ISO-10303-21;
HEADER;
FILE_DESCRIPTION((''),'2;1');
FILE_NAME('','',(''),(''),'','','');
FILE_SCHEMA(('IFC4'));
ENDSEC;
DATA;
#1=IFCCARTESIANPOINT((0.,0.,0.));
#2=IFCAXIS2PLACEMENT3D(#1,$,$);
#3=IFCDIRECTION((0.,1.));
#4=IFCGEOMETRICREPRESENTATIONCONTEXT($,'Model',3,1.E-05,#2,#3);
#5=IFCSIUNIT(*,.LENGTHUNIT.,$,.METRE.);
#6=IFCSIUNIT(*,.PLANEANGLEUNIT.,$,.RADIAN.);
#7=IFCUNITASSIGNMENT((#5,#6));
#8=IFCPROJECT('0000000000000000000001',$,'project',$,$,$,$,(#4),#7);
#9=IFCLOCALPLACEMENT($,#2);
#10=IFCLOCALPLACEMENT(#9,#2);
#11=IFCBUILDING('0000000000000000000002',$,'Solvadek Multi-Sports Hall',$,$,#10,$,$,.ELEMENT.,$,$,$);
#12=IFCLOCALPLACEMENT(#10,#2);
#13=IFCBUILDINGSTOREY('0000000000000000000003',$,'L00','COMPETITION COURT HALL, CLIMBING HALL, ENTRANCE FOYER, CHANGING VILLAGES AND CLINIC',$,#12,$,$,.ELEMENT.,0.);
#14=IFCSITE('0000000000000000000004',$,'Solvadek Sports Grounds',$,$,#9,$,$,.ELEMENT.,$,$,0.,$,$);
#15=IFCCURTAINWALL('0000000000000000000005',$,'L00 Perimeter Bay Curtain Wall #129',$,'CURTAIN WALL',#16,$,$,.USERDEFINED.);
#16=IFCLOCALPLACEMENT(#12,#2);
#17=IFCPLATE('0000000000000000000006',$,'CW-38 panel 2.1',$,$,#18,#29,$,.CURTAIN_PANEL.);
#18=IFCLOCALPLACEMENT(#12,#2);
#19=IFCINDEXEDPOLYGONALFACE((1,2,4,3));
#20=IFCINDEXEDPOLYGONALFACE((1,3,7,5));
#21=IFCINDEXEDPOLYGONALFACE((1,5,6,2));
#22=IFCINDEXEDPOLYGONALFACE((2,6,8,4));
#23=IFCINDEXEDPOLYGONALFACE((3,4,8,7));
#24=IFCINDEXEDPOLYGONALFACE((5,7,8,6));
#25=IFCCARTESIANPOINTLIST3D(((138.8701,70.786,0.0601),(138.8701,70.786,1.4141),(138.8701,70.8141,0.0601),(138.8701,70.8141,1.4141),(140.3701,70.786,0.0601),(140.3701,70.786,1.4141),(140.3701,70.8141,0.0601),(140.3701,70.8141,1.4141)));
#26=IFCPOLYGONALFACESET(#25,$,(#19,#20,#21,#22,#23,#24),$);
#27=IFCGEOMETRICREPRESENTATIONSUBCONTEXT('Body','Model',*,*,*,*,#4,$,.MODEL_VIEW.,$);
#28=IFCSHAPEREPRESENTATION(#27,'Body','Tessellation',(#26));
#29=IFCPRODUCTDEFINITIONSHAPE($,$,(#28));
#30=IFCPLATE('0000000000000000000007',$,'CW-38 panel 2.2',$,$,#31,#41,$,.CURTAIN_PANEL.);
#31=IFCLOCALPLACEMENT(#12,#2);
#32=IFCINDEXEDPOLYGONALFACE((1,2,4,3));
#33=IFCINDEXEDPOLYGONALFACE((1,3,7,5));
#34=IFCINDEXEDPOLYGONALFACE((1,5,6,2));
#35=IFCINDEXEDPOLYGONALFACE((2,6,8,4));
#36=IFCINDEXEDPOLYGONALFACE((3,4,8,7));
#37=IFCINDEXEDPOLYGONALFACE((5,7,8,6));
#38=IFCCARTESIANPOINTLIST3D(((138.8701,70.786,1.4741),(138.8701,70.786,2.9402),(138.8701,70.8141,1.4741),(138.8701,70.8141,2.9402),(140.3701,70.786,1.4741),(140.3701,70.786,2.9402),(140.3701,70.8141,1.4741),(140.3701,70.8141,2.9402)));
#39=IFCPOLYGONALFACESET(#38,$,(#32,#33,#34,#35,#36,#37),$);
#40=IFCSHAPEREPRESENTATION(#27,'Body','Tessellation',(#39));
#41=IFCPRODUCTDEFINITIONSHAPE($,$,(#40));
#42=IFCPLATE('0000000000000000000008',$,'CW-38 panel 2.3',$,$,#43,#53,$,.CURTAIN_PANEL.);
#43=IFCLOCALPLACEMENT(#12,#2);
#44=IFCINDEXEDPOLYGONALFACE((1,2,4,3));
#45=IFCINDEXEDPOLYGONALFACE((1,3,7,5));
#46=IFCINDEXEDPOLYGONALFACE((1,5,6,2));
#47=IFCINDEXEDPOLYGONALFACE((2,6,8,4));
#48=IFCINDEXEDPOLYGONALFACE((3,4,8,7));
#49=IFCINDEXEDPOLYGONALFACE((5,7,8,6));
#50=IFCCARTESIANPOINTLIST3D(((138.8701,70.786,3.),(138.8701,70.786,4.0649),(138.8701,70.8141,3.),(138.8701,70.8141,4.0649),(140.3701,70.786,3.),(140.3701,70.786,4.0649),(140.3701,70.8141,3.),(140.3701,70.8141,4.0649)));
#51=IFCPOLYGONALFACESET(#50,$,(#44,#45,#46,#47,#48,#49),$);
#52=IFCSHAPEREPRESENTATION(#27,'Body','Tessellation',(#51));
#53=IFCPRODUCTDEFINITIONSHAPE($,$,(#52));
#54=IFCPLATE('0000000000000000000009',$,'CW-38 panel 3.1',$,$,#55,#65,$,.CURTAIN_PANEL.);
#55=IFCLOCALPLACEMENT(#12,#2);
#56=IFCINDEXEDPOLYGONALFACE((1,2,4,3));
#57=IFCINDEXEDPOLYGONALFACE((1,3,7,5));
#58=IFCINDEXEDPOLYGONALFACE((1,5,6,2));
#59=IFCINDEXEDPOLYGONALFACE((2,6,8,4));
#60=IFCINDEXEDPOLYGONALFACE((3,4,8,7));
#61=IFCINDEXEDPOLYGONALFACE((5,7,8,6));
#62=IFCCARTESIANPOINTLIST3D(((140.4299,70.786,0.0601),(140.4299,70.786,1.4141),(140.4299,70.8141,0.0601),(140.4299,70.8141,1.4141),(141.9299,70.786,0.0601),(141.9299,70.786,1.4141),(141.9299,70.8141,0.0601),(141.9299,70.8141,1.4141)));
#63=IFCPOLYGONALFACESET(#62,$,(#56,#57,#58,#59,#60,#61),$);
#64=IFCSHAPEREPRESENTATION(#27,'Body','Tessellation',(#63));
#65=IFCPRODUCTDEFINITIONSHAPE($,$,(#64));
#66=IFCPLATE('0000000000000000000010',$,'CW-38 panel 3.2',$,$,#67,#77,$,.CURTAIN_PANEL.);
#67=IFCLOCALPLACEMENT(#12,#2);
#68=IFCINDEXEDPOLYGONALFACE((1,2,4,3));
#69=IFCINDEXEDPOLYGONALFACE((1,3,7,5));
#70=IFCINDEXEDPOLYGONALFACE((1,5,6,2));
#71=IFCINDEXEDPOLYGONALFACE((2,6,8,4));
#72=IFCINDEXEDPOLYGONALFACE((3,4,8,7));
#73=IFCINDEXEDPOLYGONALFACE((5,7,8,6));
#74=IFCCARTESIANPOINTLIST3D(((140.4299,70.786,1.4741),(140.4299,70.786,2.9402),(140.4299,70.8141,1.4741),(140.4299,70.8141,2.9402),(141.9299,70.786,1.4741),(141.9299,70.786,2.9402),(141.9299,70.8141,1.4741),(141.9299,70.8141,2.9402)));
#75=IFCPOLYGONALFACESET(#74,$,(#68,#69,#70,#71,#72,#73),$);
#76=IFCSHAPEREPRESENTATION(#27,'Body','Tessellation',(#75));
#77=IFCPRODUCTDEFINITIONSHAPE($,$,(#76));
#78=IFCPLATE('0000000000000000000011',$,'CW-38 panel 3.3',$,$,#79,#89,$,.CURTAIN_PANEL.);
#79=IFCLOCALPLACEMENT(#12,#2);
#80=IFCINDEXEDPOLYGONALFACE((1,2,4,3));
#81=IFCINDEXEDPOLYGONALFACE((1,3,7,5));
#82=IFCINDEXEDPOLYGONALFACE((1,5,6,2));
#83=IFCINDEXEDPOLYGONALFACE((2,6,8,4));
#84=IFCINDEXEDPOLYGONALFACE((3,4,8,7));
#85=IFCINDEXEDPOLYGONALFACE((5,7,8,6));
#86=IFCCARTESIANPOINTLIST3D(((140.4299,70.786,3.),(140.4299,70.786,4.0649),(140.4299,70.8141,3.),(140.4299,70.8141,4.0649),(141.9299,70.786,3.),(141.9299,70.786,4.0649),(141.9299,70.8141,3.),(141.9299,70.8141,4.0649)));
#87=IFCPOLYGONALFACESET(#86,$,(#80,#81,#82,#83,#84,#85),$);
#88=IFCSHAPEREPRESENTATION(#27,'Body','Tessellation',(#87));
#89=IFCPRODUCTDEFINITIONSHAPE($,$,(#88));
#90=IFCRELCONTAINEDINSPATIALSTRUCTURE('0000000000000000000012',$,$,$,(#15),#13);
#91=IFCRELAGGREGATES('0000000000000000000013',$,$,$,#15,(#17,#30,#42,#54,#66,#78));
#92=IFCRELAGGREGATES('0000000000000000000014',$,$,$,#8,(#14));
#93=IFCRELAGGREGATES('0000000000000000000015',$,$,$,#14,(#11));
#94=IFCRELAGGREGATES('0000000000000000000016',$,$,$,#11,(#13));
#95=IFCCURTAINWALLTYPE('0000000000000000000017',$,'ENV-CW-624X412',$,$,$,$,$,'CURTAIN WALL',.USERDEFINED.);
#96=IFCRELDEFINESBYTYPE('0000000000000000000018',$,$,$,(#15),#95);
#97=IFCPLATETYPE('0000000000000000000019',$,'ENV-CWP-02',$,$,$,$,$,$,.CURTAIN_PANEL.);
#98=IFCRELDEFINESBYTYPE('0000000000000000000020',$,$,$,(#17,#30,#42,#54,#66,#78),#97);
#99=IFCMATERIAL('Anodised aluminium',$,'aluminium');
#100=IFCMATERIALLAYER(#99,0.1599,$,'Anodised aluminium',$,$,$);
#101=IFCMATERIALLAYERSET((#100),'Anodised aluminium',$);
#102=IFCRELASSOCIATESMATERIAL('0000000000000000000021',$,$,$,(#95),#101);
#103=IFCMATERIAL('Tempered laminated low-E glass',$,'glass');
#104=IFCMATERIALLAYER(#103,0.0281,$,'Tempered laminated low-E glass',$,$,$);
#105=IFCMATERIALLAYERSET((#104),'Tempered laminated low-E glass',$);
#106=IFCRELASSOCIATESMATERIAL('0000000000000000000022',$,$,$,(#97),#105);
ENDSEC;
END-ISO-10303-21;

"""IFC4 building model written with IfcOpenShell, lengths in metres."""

from ifc_helpers import new_model, si_unit, direction, frame, origin, origin_2d, place, context, subcontext, project, spatial, rectangle, extrude, material, layer, layer_set, type_object, element, aggregate, save


model = new_model("IFC4")

# Units and contexts
model_context = context("Model", 3, precision=1e-05, world=origin(), true_north=direction((0.0, 1.0)))
body_context = subcontext(model_context, "Body", "Model", "MODEL_VIEW")
ifc_project = project(units=[si_unit("LENGTHUNIT", "METRE"), si_unit("PLANEANGLEUNIT", "RADIAN")], contexts=[model_context])

# Site, building, storey
site_placement = place(None, origin())
site = spatial("IfcSite", under=ifc_project, at=site_placement, Name="Solvadek Sports Grounds", CompositionType="ELEMENT", RefElevation=0.0)
building_placement = place(site_placement, origin())
building = spatial("IfcBuilding", under=site, at=building_placement, Name="Solvadek Multi-Sports Hall", CompositionType="ELEMENT")
storey_placement = place(building_placement, origin())
storey = spatial("IfcBuildingStorey", under=building, at=storey_placement, Name="L00", Description="COMPETITION COURT HALL, CLIMBING HALL, ENTRANCE FOYER, CHANGING VILLAGES AND CLINIC", CompositionType="ELEMENT", Elevation=0.0)

# Curtain wall, plates
ifc_material_1 = material(Name="Anodised aluminium", Category="aluminium")
ifc_layer_1 = layer(ifc_material_1, 0.1599, Name="Anodised aluminium")
ifc_layer_set_1 = layer_set([ifc_layer_1], Name="Anodised aluminium")
curtain_wall_type = type_object("IfcCurtainWallType", Name="ENV-CW-624X412", ElementType="CURTAIN WALL", PredefinedType="USERDEFINED", material=ifc_layer_set_1)
curtain_wall_placement = place(storey_placement, origin())
curtain_wall = element("IfcCurtainWall", 1, at=curtain_wall_placement, inside=storey, type_object=curtain_wall_type, Name="L00 Perimeter Bay Curtain Wall #129", ObjectType="CURTAIN WALL", PredefinedType="USERDEFINED")
ifc_material_2 = material(Name="Tempered laminated low-E glass", Category="glass")
ifc_layer_2 = layer(ifc_material_2, 0.0281, Name="Tempered laminated low-E glass")
ifc_layer_set_2 = layer_set([ifc_layer_2], Name="Tempered laminated low-E glass")
plate_type = type_object("IfcPlateType", Name="ENV-CWP-02", PredefinedType="CURTAIN_PANEL", material=ifc_layer_set_2)
plate_1_placement = place(storey_placement, frame((139.6201, 70.8, 0.0601), z_axis=(0.0, 0.0, 1.0), x_axis=(1.0, 0.0, 0.0)))
plate_1 = element("IfcPlate", 2, at=plate_1_placement, type_object=plate_type, Name="CW-38 panel 2.1", PredefinedType="CURTAIN_PANEL", context=body_context, shape_type="SweptSolid", body=[
    extrude(rectangle(XDim=1.5, YDim=0.0281, at=origin_2d()), origin(), (0.0, 0.0, 1.0), 1.354),
])
plate_2_placement = place(storey_placement, frame((139.6201, 70.8, 1.4741), z_axis=(0.0, 0.0, 1.0), x_axis=(1.0, 0.0, 0.0)))
plate_2 = element("IfcPlate", 3, at=plate_2_placement, type_object=plate_type, Name="CW-38 panel 2.2", PredefinedType="CURTAIN_PANEL", context=body_context, shape_type="SweptSolid", body=[
    extrude(rectangle(XDim=1.5, YDim=0.0281, at=origin_2d()), origin(), (0.0, 0.0, 1.0), 1.4661),
])
plate_3_placement = place(storey_placement, frame((139.6201, 70.8, 3.0), z_axis=(0.0, 0.0, 1.0), x_axis=(1.0, 0.0, 0.0)))
plate_3 = element("IfcPlate", 4, at=plate_3_placement, type_object=plate_type, Name="CW-38 panel 2.3", PredefinedType="CURTAIN_PANEL", context=body_context, shape_type="SweptSolid", body=[
    extrude(rectangle(XDim=1.5, YDim=0.0281, at=origin_2d()), origin(), (0.0, 0.0, 1.0), 1.0649),
])
plate_4_placement = place(storey_placement, frame((141.1799, 70.8, 0.0601), z_axis=(0.0, 0.0, 1.0), x_axis=(1.0, 0.0, 0.0)))
plate_4 = element("IfcPlate", 5, at=plate_4_placement, type_object=plate_type, Name="CW-38 panel 3.1", PredefinedType="CURTAIN_PANEL", context=body_context, shape_type="SweptSolid", body=[
    extrude(rectangle(XDim=1.5, YDim=0.0281, at=origin_2d()), origin(), (0.0, 0.0, 1.0), 1.354),
])
plate_5_placement = place(storey_placement, frame((141.1799, 70.8, 1.4741), z_axis=(0.0, 0.0, 1.0), x_axis=(1.0, 0.0, 0.0)))
plate_5 = element("IfcPlate", 6, at=plate_5_placement, type_object=plate_type, Name="CW-38 panel 3.2", PredefinedType="CURTAIN_PANEL", context=body_context, shape_type="SweptSolid", body=[
    extrude(rectangle(XDim=1.5, YDim=0.0281, at=origin_2d()), origin(), (0.0, 0.0, 1.0), 1.4661),
])
plate_6_placement = place(storey_placement, frame((141.1799, 70.8, 3.0), z_axis=(0.0, 0.0, 1.0), x_axis=(1.0, 0.0, 0.0)))
plate_6 = element("IfcPlate", 7, at=plate_6_placement, type_object=plate_type, Name="CW-38 panel 3.3", PredefinedType="CURTAIN_PANEL", context=body_context, shape_type="SweptSolid", body=[
    extrude(rectangle(XDim=1.5, YDim=0.0281, at=origin_2d()), origin(), (0.0, 0.0, 1.0), 1.0649),
])
aggregate(curtain_wall, [plate_1, plate_2, plate_3, plate_4, plate_5, plate_6])

save(model, "model.ifc")
